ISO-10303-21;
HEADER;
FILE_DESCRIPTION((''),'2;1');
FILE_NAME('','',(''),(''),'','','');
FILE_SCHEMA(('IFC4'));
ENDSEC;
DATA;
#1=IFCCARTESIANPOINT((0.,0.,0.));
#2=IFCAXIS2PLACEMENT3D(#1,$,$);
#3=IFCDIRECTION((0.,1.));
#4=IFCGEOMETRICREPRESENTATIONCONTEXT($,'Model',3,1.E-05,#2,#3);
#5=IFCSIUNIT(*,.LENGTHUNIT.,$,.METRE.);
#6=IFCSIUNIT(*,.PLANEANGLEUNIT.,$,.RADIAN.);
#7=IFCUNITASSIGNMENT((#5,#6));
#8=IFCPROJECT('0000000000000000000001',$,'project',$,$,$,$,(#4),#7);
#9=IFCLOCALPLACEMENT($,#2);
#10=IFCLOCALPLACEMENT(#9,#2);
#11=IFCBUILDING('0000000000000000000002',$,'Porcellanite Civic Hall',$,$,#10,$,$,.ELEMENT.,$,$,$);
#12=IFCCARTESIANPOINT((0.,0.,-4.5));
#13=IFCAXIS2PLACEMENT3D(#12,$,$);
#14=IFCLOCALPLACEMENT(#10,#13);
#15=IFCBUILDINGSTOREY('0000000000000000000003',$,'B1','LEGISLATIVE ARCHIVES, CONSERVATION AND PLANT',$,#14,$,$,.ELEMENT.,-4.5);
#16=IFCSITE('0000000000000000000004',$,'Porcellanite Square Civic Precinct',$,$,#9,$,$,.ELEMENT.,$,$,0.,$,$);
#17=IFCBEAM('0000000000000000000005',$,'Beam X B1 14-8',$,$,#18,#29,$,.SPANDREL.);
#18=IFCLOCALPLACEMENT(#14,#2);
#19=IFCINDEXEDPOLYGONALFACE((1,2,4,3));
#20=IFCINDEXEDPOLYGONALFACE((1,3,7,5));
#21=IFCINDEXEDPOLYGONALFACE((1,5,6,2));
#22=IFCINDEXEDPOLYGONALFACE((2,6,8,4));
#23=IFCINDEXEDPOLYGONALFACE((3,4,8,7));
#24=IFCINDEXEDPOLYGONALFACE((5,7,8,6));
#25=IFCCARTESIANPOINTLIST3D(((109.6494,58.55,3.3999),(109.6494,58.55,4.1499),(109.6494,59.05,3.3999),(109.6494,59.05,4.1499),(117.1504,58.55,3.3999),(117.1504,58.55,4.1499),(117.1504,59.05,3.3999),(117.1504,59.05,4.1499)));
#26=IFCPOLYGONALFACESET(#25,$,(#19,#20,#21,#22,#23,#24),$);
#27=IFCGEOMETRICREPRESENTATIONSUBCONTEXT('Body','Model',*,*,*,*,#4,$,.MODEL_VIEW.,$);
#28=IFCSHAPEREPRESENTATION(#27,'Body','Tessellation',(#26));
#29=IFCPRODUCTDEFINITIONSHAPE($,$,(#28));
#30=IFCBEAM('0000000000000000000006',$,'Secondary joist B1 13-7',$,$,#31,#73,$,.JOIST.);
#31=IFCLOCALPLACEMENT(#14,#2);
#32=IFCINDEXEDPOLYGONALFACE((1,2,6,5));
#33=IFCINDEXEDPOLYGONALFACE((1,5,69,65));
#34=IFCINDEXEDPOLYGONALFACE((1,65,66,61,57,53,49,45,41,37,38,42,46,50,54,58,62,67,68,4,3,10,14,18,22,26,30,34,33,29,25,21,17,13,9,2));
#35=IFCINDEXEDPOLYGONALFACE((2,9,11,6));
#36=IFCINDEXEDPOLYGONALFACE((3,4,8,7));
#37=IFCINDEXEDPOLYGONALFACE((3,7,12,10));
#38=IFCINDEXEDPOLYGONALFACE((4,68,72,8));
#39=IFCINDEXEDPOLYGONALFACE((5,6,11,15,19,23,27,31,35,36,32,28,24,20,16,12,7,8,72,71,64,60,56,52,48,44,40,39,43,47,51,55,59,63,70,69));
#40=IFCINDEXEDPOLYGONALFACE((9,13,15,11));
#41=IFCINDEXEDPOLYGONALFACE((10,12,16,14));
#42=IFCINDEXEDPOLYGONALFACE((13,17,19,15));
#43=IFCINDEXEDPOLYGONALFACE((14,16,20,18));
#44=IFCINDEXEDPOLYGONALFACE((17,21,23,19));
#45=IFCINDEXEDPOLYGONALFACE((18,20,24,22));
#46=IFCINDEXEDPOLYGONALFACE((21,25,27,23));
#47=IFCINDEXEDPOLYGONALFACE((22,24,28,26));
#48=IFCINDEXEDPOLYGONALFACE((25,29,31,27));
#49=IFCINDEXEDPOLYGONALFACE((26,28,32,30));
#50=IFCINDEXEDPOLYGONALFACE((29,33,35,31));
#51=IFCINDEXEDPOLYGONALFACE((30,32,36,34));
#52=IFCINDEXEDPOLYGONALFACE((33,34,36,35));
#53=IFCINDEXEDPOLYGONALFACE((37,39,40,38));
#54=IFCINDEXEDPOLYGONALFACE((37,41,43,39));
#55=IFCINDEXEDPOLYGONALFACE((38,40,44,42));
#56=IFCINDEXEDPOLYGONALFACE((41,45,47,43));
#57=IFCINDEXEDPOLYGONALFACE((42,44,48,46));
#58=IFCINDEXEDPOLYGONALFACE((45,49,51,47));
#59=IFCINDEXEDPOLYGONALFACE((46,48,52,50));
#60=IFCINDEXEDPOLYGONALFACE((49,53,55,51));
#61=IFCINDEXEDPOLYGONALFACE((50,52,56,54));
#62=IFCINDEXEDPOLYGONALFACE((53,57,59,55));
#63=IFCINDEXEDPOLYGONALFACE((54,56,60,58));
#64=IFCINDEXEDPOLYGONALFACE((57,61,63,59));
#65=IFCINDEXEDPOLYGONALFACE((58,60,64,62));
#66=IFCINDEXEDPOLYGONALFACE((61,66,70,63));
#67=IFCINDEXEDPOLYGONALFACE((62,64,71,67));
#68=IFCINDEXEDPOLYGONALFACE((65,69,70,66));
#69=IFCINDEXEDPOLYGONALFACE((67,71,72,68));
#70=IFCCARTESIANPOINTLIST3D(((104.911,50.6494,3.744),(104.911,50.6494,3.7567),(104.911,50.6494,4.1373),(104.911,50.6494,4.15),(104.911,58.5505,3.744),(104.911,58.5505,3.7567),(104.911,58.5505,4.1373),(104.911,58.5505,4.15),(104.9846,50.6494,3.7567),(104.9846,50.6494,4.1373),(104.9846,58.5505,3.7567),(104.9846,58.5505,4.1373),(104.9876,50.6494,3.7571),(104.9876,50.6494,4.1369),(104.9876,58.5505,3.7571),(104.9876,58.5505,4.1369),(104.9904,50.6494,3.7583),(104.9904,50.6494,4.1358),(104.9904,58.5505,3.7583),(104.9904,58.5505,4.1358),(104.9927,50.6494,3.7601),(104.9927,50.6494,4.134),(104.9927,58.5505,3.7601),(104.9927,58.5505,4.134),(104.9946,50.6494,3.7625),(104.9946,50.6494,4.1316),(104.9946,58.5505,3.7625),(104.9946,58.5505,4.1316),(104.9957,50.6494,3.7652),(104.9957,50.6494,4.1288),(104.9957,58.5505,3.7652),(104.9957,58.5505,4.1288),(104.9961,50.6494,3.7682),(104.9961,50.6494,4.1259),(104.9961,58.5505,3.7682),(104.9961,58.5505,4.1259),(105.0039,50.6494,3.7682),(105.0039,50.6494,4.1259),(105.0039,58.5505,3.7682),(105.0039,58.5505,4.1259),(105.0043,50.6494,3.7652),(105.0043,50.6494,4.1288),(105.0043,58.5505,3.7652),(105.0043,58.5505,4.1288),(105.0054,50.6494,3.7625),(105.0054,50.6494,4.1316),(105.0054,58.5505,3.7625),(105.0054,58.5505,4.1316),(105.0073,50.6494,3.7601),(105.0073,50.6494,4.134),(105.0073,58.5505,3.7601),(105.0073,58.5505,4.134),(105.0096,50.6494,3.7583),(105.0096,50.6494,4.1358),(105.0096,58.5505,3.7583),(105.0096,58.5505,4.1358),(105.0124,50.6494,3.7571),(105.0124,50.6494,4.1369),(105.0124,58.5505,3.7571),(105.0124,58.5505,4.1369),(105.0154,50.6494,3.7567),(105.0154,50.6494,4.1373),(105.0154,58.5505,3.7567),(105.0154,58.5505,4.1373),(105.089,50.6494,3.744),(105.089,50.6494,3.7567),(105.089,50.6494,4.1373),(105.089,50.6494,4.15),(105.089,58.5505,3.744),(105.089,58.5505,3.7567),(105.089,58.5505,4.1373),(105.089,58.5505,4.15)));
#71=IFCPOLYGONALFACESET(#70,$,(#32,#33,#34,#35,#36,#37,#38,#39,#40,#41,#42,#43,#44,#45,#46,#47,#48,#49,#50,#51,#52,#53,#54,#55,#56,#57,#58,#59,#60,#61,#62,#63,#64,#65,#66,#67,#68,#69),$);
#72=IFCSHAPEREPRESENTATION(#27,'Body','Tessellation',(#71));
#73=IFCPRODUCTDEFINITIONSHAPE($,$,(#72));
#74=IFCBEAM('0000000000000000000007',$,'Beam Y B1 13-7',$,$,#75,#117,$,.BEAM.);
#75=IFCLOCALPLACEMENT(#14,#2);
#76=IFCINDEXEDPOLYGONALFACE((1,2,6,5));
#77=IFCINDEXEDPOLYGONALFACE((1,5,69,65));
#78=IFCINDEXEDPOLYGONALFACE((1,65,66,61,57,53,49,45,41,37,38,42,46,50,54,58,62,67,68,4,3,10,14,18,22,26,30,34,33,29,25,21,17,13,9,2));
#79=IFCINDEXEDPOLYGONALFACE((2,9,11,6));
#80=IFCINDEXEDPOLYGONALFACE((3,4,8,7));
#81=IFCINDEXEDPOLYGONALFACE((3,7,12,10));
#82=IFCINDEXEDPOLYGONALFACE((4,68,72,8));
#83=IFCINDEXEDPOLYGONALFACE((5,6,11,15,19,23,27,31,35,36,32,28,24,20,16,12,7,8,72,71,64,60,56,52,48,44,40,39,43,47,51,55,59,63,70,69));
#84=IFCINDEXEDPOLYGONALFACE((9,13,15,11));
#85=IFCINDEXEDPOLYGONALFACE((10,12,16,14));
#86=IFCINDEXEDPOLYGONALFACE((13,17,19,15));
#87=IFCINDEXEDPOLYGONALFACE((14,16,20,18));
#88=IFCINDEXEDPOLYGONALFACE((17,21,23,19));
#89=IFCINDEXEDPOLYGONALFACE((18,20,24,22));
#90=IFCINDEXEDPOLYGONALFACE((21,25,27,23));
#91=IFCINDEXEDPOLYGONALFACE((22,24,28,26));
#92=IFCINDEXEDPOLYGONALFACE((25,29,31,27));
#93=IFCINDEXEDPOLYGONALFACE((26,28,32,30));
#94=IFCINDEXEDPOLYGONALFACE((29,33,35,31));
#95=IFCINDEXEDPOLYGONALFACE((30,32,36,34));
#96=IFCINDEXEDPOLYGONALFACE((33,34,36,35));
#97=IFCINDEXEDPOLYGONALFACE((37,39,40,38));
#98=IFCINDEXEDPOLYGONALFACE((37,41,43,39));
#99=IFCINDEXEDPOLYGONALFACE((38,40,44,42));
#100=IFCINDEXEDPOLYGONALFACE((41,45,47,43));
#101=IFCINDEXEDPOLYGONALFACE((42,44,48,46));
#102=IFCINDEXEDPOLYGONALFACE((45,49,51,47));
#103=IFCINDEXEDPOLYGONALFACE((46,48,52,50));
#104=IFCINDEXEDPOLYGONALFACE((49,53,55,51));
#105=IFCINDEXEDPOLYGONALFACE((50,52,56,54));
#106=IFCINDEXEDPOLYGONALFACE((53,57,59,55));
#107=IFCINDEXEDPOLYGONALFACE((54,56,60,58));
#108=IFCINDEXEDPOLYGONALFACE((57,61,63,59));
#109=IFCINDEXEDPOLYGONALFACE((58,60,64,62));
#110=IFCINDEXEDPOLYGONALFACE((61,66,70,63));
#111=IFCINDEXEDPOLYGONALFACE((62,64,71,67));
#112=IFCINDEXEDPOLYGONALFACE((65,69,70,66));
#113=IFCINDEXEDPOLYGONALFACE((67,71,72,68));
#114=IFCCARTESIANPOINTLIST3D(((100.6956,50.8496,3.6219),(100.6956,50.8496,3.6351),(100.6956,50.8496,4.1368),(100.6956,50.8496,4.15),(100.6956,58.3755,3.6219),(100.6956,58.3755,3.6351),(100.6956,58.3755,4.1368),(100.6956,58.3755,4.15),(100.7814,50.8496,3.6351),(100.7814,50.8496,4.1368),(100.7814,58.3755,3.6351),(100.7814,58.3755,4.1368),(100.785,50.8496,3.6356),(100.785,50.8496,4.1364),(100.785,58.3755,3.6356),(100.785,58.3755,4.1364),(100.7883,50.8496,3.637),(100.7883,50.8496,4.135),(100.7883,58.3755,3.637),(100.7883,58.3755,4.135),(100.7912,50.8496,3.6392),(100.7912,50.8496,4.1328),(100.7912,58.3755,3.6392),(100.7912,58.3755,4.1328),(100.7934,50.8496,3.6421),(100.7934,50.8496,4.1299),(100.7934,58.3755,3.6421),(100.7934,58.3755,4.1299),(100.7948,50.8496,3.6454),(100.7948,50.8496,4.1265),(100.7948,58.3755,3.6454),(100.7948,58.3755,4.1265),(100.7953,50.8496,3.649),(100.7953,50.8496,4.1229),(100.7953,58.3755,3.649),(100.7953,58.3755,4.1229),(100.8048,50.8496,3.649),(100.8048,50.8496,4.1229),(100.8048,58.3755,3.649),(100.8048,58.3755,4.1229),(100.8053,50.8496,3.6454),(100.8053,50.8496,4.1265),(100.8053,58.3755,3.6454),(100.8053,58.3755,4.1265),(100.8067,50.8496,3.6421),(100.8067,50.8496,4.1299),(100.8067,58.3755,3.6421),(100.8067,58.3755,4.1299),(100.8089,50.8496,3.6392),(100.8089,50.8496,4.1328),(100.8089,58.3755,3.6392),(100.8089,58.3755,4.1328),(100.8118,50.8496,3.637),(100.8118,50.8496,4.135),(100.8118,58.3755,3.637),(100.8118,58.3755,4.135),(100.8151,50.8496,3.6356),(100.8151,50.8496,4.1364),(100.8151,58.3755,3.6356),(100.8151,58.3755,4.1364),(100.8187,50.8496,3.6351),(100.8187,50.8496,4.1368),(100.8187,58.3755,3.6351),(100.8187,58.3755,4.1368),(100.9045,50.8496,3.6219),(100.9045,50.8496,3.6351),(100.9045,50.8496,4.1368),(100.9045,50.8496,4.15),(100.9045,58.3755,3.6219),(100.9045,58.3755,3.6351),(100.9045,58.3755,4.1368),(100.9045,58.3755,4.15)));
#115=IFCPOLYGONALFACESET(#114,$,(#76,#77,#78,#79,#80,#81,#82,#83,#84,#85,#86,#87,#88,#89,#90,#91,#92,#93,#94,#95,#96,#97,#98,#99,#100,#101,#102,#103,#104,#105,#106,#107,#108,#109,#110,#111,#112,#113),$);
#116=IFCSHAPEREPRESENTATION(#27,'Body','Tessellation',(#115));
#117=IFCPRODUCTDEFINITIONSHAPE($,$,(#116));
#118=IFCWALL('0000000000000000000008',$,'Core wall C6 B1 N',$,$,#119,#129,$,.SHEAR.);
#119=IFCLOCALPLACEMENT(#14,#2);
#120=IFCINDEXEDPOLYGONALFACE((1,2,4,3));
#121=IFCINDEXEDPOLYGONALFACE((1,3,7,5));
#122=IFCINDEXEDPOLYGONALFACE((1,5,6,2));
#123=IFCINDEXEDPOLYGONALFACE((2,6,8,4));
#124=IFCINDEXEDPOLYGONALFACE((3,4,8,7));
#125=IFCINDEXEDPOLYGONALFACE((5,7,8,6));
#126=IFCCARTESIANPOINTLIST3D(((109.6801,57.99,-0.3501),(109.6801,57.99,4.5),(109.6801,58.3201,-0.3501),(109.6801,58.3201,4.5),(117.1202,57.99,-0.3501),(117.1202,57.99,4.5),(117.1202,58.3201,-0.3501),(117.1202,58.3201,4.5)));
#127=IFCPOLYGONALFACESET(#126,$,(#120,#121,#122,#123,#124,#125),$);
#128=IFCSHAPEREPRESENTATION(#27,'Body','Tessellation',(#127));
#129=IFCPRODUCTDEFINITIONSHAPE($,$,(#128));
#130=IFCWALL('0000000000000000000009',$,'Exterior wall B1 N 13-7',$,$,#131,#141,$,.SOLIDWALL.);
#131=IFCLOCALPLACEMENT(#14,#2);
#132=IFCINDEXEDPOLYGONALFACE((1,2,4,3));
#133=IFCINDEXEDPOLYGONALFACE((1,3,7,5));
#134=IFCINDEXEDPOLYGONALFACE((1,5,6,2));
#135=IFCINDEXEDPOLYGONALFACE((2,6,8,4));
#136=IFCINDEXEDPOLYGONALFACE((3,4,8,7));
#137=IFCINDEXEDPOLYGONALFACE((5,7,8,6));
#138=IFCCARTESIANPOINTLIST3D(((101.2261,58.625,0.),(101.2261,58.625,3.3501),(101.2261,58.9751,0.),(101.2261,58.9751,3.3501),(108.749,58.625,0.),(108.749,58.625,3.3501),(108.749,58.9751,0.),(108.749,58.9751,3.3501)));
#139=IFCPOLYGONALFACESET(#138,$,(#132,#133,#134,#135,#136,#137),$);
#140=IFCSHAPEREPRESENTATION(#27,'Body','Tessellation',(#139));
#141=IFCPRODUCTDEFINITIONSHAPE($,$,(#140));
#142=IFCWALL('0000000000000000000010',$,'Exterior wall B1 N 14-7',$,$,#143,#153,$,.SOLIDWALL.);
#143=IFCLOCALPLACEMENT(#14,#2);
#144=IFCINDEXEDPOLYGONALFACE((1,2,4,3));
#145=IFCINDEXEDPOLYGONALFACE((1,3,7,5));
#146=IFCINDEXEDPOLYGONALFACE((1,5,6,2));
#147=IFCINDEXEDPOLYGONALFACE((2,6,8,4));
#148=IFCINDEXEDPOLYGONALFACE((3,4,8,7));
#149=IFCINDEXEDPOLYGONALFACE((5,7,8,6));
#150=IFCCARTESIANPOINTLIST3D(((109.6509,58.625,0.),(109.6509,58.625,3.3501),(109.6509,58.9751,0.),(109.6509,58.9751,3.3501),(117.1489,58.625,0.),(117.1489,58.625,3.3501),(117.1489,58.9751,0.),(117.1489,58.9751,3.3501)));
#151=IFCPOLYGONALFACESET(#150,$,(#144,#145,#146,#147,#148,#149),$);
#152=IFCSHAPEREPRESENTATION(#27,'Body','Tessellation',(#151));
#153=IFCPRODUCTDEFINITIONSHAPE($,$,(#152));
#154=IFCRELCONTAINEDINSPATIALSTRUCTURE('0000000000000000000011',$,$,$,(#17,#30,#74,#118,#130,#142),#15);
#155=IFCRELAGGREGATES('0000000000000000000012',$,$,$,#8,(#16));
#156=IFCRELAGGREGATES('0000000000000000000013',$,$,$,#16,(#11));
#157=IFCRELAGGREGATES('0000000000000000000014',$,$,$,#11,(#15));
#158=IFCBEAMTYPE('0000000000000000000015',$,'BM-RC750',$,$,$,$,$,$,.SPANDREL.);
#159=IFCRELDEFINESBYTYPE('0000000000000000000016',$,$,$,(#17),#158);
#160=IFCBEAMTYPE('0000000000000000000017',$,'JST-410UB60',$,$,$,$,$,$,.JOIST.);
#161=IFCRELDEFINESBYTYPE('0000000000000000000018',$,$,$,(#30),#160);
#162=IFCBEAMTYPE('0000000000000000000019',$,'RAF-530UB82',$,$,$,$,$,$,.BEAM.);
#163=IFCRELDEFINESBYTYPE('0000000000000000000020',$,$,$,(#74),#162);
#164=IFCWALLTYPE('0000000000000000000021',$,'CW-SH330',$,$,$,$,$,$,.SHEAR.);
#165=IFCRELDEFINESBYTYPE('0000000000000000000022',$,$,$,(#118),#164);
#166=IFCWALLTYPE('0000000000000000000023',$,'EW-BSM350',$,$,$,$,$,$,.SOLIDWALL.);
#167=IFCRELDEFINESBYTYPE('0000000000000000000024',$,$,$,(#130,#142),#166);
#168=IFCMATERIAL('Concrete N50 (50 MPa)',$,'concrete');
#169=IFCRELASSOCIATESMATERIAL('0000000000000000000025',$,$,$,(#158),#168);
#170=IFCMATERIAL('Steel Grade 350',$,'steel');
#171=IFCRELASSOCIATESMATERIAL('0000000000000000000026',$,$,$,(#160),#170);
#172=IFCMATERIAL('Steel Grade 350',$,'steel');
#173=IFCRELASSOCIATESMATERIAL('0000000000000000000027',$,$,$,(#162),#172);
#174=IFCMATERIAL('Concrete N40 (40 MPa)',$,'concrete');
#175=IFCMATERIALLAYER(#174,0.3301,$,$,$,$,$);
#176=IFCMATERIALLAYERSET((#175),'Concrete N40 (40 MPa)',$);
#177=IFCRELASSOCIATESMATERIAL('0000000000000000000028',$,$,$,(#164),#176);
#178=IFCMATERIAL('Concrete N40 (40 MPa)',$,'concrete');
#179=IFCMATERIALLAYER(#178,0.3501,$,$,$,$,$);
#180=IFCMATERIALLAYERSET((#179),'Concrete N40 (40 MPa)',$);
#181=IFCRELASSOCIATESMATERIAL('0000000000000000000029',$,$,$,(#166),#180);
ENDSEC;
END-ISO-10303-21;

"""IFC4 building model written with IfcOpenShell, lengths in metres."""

from ifc_helpers import new_model, si_unit, direction, frame, frame_2d, origin, origin_2d, place, context, subcontext, project, spatial, rectangle, i_section, extrude, material, layer, layer_set, material_profile, profile_set, type_object, element, save


model = new_model("IFC4")

# Units and contexts
model_context = context("Model", 3, precision=1e-05, world=origin(), true_north=direction((0.0, 1.0)))
body_context = subcontext(model_context, "Body", "Model", "MODEL_VIEW")
ifc_project = project(units=[si_unit("LENGTHUNIT", "METRE"), si_unit("PLANEANGLEUNIT", "RADIAN")], contexts=[model_context])

# Site, building, storey
site_placement = place(None, origin())
site = spatial("IfcSite", under=ifc_project, at=site_placement, Name="Porcellanite Square Civic Precinct", CompositionType="ELEMENT", RefElevation=0.0)
building_placement = place(site_placement, origin())
building = spatial("IfcBuilding", under=site, at=building_placement, Name="Porcellanite Civic Hall", CompositionType="ELEMENT")
storey_placement = place(building_placement, frame((0.0, 0.0, -4.5)))
storey = spatial("IfcBuildingStorey", under=building, at=storey_placement, Name="B1", Description="LEGISLATIVE ARCHIVES, CONSERVATION AND PLANT", CompositionType="ELEMENT", Elevation=-4.5)

# Beams
ifc_material_1 = material(Name="Concrete N50 (50 MPa)", Category="concrete")
ifc_material_profile_1 = material_profile(ifc_material_1, rectangle(XDim=0.5, YDim=0.75, at=origin_2d()), Name="RC-500x750")
ifc_profile_set_1 = profile_set([ifc_material_profile_1], Name="Concrete N50 (50 MPa)")
beam_type_1 = type_object("IfcBeamType", Name="BM-RC750", PredefinedType="SPANDREL", material=ifc_profile_set_1)
beam_1_placement = place(storey_placement, frame((109.6494, 58.8, 3.7749), z_axis=(1.0, 0.0, 0.0), x_axis=(0.0, 1.0, 0.0)))
element("IfcBeam", 1, at=beam_1_placement, inside=storey, type_object=beam_type_1, Name="Beam X B1 14-8", PredefinedType="SPANDREL", context=body_context, shape_type="SweptSolid", body=[
    extrude(rectangle(XDim=0.5, YDim=0.75, at=origin_2d()), origin(), (0.0, 0.0, 1.0), 7.501),
])
ifc_material_2 = material(Name="Steel Grade 350", Category="steel")
ifc_material_profile_2 = material_profile(ifc_material_2, i_section(OverallWidth=0.178, OverallDepth=0.406, WebThickness=0.0078, FlangeThickness=0.0127, FilletRadius=0.0115, at=origin_2d()), Name="410UB59.7")
ifc_profile_set_2 = profile_set([ifc_material_profile_2], Name="Steel Grade 350")
beam_type_2 = type_object("IfcBeamType", Name="JST-410UB60", PredefinedType="JOIST", material=ifc_profile_set_2)
beam_2_placement = place(storey_placement, frame((105.0, 50.6494, 3.947), z_axis=(0.0, 1.0, 0.0), x_axis=(-1.0, 0.0, 0.0)))
element("IfcBeam", 2, at=beam_2_placement, inside=storey, type_object=beam_type_2, Name="Secondary joist B1 13-7", PredefinedType="JOIST", context=body_context, shape_type="SweptSolid", body=[
    extrude(i_section(OverallWidth=0.178, OverallDepth=0.406, WebThickness=0.0078, FlangeThickness=0.0127, FilletRadius=0.0115, at=origin_2d()), origin(), (0.0, 0.0, 1.0), 7.9011),
])
ifc_material_3 = material(Name="Steel Grade 350", Category="steel")
ifc_material_profile_3 = material_profile(ifc_material_3, i_section(OverallWidth=0.209, OverallDepth=0.5281, WebThickness=0.0095, FlangeThickness=0.0132, FilletRadius=0.0139, at=origin_2d()), Name="530UB82.0")
ifc_profile_set_3 = profile_set([ifc_material_profile_3], Name="Steel Grade 350")
beam_type_3 = type_object("IfcBeamType", Name="RAF-530UB82", PredefinedType="BEAM", material=ifc_profile_set_3)
beam_3_placement = place(storey_placement, frame((100.8, 50.8496, 3.886), z_axis=(0.0, 1.0, 0.0), x_axis=(-1.0, 0.0, 0.0)))
element("IfcBeam", 3, at=beam_3_placement, inside=storey, type_object=beam_type_3, Name="Beam Y B1 13-7", PredefinedType="BEAM", context=body_context, shape_type="SweptSolid", body=[
    extrude(i_section(OverallWidth=0.209, OverallDepth=0.5281, WebThickness=0.0095, FlangeThickness=0.0132, FilletRadius=0.0139, at=origin_2d()), origin(), (0.0, 0.0, 1.0), 7.5259),
])

# Walls
ifc_material_4 = material(Name="Concrete N40 (40 MPa)", Category="concrete")
ifc_layer_1 = layer(ifc_material_4, 0.3301)
ifc_layer_set_1 = layer_set([ifc_layer_1], Name="Concrete N40 (40 MPa)")
wall_type_1 = type_object("IfcWallType", Name="CW-SH330", PredefinedType="SHEAR", material=ifc_layer_set_1)
wall_1_placement = place(storey_placement, frame((109.6799, 58.155, -0.3501), z_axis=(0.0, 0.0, 1.0), x_axis=(1.0, 0.0, 0.0)))
element("IfcWall", 4, at=wall_1_placement, inside=storey, type_object=wall_type_1, Name="Core wall C6 B1 N", PredefinedType="SHEAR", context=body_context, shape_type="SweptSolid", body=[
    extrude(rectangle(XDim=7.4402, YDim=0.3301, at=frame_2d((3.7202, 0.0))), origin(), (0.0, 0.0, 1.0), 4.8501),
])
ifc_material_5 = material(Name="Concrete N40 (40 MPa)", Category="concrete")
ifc_layer_2 = layer(ifc_material_5, 0.3501)
ifc_layer_set_2 = layer_set([ifc_layer_2], Name="Concrete N40 (40 MPa)")
wall_type_2 = type_object("IfcWallType", Name="EW-BSM350", PredefinedType="SOLIDWALL", material=ifc_layer_set_2)
wall_2_placement = place(storey_placement, frame((101.2261, 58.8, 0.0), z_axis=(0.0, 0.0, 1.0), x_axis=(1.0, 0.0, 0.0)))
element("IfcWall", 5, at=wall_2_placement, inside=storey, type_object=wall_type_2, Name="Exterior wall B1 N 13-7", PredefinedType="SOLIDWALL", context=body_context, shape_type="SweptSolid", body=[
    extrude(rectangle(XDim=7.5229, YDim=0.3501, at=frame_2d((3.7615, 0.0))), origin(), (0.0, 0.0, 1.0), 3.3501),
])
wall_3_placement = place(storey_placement, frame((109.6509, 58.8, 0.0), z_axis=(0.0, 0.0, 1.0), x_axis=(1.0, 0.0, 0.0)))
element("IfcWall", 6, at=wall_3_placement, inside=storey, type_object=wall_type_2, Name="Exterior wall B1 N 14-7", PredefinedType="SOLIDWALL", context=body_context, shape_type="SweptSolid", body=[
    extrude(rectangle(XDim=7.498, YDim=0.3501, at=frame_2d((3.749, 0.0))), origin(), (0.0, 0.0, 1.0), 3.3501),
])

save(model, "model.ifc")
